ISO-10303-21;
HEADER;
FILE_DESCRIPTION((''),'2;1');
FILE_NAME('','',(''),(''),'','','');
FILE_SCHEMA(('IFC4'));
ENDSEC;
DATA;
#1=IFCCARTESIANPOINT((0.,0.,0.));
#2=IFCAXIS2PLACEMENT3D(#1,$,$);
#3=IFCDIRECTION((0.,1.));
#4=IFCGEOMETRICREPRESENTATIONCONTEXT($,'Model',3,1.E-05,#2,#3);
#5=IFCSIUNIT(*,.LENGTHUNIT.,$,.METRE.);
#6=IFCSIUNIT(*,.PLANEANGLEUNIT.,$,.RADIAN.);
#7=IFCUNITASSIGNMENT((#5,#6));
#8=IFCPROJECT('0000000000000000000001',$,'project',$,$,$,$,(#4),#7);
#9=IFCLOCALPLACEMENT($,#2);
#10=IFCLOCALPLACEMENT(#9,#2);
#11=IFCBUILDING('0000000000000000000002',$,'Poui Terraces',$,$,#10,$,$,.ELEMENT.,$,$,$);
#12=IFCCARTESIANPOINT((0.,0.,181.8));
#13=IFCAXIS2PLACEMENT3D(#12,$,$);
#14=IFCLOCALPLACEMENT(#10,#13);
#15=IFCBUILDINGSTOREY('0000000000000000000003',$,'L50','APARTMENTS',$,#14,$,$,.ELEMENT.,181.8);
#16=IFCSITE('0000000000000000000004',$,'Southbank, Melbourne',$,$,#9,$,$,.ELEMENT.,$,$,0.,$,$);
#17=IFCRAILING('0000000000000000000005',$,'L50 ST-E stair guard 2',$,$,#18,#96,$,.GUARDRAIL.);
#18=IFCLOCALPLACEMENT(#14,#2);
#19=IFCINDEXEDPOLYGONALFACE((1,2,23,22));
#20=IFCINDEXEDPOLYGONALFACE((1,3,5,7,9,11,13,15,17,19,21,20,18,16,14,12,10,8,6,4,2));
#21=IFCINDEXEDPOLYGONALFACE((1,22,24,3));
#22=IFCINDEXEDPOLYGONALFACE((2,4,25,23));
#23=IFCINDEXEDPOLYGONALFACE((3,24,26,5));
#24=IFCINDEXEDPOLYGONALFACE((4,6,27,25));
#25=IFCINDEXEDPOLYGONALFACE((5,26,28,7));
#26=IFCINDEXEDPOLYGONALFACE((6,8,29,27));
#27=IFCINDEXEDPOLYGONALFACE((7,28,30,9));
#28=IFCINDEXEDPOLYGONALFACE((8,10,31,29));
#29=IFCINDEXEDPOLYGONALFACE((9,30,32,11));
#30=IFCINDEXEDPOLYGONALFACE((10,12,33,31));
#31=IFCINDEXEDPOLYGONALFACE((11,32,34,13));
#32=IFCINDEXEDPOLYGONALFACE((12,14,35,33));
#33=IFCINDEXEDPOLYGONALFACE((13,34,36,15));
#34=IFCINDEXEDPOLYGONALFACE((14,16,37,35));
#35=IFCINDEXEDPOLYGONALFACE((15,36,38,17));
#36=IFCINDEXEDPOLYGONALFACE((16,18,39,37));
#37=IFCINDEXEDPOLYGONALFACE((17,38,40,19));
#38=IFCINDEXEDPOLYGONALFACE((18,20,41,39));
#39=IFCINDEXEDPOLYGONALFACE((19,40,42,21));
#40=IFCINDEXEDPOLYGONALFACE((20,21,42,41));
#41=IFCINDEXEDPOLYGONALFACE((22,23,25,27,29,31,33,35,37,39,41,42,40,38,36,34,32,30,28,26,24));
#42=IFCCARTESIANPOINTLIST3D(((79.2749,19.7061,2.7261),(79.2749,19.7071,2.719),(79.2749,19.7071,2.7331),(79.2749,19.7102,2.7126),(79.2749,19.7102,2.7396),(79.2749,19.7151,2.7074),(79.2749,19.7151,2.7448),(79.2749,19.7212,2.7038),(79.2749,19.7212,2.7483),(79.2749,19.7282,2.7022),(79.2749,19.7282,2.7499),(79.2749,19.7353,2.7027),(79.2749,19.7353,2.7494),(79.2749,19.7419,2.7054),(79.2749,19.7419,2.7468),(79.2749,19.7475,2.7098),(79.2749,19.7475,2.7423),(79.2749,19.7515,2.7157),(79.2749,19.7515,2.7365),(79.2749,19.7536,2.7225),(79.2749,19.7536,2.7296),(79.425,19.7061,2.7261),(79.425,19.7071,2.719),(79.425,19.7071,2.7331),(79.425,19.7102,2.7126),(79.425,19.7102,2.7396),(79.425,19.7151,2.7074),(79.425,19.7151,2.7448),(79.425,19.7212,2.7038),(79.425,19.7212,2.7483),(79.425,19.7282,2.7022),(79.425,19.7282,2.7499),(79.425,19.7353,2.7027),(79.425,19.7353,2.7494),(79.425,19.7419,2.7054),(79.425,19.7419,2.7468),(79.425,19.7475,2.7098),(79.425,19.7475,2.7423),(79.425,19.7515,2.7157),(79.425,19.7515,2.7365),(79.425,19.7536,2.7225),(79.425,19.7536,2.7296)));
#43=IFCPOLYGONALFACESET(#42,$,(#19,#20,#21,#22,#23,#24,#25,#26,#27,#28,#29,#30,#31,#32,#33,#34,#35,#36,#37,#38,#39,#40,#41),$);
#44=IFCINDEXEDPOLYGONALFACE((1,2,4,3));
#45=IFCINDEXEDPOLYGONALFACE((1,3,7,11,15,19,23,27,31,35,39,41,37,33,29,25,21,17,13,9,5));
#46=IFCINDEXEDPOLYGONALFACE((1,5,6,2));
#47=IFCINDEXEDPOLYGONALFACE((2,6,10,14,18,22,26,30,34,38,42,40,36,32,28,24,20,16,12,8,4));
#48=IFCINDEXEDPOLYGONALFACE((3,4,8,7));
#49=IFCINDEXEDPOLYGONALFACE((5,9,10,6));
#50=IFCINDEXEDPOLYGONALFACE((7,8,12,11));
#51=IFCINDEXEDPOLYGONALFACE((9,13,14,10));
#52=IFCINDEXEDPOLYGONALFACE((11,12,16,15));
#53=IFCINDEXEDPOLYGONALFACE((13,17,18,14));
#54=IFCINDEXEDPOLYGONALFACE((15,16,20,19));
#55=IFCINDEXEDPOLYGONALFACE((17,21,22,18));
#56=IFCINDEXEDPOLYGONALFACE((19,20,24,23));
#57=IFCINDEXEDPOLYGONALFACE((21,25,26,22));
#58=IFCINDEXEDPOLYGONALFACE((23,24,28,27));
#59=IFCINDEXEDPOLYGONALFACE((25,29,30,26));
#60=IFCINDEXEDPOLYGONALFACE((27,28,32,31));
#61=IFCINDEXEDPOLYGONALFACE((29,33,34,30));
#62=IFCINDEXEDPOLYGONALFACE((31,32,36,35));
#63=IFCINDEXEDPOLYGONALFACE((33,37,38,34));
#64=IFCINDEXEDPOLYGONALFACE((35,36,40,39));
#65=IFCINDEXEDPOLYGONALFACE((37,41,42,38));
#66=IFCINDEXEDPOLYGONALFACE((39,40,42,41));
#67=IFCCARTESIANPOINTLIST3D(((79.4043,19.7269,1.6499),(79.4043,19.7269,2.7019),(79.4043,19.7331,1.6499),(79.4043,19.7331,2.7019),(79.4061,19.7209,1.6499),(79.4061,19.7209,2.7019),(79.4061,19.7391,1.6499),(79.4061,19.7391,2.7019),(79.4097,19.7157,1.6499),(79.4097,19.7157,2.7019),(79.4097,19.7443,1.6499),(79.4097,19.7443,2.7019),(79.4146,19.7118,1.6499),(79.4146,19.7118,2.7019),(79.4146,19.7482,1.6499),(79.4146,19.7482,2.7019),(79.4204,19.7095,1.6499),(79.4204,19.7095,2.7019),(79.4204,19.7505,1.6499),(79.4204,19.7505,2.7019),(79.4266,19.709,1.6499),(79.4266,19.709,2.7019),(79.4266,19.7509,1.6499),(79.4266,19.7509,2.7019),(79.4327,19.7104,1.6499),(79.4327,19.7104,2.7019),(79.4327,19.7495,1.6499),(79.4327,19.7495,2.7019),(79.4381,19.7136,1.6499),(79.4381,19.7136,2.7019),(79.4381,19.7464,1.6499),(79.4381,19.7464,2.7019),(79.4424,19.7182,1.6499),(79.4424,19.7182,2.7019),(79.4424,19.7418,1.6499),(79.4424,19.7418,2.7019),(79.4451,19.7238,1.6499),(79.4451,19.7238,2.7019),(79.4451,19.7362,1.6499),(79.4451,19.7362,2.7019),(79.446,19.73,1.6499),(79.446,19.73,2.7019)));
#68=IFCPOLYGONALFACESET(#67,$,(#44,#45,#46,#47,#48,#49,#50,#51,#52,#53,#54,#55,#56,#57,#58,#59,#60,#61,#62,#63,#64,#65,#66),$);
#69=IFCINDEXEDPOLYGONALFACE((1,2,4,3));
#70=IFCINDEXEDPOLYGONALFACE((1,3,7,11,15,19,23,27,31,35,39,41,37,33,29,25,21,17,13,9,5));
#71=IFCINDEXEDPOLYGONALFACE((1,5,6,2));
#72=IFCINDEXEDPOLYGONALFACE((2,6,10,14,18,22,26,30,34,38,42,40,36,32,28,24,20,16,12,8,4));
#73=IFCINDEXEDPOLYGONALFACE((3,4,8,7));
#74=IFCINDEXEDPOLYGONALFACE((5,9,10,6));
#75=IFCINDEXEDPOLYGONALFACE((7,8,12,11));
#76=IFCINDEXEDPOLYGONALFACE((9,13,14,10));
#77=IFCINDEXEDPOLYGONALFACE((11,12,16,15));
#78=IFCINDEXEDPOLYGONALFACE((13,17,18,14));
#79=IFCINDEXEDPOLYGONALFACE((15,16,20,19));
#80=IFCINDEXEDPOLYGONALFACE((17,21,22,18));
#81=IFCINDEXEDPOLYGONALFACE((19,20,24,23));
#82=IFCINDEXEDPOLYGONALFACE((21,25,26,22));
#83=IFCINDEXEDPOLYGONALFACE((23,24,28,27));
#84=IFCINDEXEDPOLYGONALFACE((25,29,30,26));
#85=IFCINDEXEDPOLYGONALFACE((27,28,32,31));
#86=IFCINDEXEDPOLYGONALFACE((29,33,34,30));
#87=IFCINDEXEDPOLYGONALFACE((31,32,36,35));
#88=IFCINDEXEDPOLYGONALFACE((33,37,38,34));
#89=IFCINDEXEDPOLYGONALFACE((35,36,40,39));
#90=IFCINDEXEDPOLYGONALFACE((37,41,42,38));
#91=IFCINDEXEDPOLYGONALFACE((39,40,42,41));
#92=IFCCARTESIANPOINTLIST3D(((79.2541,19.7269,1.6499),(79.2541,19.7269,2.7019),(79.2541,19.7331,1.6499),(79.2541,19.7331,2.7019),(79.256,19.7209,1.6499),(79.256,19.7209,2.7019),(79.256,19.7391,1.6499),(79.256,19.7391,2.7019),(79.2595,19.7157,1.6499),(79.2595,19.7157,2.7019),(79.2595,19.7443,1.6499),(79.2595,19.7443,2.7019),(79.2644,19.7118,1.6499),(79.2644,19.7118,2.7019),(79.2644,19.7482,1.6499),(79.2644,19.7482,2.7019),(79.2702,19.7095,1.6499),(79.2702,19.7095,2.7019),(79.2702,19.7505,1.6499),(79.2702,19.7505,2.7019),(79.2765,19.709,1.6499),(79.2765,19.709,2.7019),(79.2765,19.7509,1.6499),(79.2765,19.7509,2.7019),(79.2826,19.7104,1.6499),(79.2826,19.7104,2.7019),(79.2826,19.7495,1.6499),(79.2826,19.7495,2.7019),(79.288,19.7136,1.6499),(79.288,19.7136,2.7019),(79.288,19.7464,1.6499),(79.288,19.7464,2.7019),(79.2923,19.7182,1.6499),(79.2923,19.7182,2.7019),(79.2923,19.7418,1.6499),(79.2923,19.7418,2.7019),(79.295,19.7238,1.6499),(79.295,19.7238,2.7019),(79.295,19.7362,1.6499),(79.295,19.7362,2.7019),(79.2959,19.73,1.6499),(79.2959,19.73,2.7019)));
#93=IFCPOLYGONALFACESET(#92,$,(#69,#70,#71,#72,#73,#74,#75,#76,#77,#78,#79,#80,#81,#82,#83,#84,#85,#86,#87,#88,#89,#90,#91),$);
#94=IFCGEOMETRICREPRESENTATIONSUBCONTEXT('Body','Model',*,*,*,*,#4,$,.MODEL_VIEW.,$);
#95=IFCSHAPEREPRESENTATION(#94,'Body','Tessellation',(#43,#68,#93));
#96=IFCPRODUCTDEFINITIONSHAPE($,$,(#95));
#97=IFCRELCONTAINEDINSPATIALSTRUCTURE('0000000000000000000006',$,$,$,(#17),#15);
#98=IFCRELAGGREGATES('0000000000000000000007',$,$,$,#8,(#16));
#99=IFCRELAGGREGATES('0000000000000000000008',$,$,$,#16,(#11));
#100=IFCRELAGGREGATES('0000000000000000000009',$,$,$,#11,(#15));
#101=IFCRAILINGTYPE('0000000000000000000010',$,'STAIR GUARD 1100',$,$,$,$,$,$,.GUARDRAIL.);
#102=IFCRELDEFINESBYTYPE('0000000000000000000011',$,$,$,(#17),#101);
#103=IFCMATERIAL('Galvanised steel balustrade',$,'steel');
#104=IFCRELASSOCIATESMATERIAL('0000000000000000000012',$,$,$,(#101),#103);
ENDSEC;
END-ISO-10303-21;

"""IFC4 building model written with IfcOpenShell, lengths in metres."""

from ifc_helpers import new_model, si_unit, direction, frame, origin, origin_2d, place, context, subcontext, project, spatial, circle, extrude, material, type_object, element, save


model = new_model("IFC4")

# Units and contexts
model_context = context("Model", 3, precision=1e-05, world=origin(), true_north=direction((0.0, 1.0)))
body_context = subcontext(model_context, "Body", "Model", "MODEL_VIEW")
ifc_project = project(units=[si_unit("LENGTHUNIT", "METRE"), si_unit("PLANEANGLEUNIT", "RADIAN")], contexts=[model_context])

# Site, building, storey
site_placement = place(None, origin())
site = spatial("IfcSite", under=ifc_project, at=site_placement, Name="Southbank, Melbourne", CompositionType="ELEMENT", RefElevation=0.0)
building_placement = place(site_placement, origin())
building = spatial("IfcBuilding", under=site, at=building_placement, Name="Poui Terraces", CompositionType="ELEMENT")
storey_placement = place(building_placement, frame((0.0, 0.0, 181.8)))
storey = spatial("IfcBuildingStorey", under=building, at=storey_placement, Name="L50", Description="APARTMENTS", CompositionType="ELEMENT", Elevation=181.8)

# Railing
ifc_material_1 = material(Name="Galvanised steel balustrade", Category="steel")
railing_type = type_object("IfcRailingType", Name="STAIR GUARD 1100", PredefinedType="GUARDRAIL", material=ifc_material_1)
for number, where, name in (
    (1, (79.425, 19.73, 1.6499), "L50 ST-E stair guard 2"),
):
    element("IfcRailing", number, at=place(storey_placement, frame(where)), inside=storey, type_object=railing_type, Name=name, PredefinedType="GUARDRAIL", context=body_context, shape_type="SweptSolid", body=[
        extrude(circle(Radius=0.0239, at=origin_2d()), frame((0.0, 0.0, 1.0762), z_axis=(-1.0, 0.0, 0.0), x_axis=(0.0, -1.0, 0.0)), (0.0, 0.0, 1.0), 0.1501),
        extrude(circle(Radius=0.021, at=origin_2d()), origin(), (0.0, 0.0, 1.0), 1.052),
        extrude(circle(Radius=0.021, at=origin_2d()), frame((-0.1501, 0.0, 0.0)), (0.0, 0.0, 1.0), 1.052),
    ])

save(model, "model.ifc")
